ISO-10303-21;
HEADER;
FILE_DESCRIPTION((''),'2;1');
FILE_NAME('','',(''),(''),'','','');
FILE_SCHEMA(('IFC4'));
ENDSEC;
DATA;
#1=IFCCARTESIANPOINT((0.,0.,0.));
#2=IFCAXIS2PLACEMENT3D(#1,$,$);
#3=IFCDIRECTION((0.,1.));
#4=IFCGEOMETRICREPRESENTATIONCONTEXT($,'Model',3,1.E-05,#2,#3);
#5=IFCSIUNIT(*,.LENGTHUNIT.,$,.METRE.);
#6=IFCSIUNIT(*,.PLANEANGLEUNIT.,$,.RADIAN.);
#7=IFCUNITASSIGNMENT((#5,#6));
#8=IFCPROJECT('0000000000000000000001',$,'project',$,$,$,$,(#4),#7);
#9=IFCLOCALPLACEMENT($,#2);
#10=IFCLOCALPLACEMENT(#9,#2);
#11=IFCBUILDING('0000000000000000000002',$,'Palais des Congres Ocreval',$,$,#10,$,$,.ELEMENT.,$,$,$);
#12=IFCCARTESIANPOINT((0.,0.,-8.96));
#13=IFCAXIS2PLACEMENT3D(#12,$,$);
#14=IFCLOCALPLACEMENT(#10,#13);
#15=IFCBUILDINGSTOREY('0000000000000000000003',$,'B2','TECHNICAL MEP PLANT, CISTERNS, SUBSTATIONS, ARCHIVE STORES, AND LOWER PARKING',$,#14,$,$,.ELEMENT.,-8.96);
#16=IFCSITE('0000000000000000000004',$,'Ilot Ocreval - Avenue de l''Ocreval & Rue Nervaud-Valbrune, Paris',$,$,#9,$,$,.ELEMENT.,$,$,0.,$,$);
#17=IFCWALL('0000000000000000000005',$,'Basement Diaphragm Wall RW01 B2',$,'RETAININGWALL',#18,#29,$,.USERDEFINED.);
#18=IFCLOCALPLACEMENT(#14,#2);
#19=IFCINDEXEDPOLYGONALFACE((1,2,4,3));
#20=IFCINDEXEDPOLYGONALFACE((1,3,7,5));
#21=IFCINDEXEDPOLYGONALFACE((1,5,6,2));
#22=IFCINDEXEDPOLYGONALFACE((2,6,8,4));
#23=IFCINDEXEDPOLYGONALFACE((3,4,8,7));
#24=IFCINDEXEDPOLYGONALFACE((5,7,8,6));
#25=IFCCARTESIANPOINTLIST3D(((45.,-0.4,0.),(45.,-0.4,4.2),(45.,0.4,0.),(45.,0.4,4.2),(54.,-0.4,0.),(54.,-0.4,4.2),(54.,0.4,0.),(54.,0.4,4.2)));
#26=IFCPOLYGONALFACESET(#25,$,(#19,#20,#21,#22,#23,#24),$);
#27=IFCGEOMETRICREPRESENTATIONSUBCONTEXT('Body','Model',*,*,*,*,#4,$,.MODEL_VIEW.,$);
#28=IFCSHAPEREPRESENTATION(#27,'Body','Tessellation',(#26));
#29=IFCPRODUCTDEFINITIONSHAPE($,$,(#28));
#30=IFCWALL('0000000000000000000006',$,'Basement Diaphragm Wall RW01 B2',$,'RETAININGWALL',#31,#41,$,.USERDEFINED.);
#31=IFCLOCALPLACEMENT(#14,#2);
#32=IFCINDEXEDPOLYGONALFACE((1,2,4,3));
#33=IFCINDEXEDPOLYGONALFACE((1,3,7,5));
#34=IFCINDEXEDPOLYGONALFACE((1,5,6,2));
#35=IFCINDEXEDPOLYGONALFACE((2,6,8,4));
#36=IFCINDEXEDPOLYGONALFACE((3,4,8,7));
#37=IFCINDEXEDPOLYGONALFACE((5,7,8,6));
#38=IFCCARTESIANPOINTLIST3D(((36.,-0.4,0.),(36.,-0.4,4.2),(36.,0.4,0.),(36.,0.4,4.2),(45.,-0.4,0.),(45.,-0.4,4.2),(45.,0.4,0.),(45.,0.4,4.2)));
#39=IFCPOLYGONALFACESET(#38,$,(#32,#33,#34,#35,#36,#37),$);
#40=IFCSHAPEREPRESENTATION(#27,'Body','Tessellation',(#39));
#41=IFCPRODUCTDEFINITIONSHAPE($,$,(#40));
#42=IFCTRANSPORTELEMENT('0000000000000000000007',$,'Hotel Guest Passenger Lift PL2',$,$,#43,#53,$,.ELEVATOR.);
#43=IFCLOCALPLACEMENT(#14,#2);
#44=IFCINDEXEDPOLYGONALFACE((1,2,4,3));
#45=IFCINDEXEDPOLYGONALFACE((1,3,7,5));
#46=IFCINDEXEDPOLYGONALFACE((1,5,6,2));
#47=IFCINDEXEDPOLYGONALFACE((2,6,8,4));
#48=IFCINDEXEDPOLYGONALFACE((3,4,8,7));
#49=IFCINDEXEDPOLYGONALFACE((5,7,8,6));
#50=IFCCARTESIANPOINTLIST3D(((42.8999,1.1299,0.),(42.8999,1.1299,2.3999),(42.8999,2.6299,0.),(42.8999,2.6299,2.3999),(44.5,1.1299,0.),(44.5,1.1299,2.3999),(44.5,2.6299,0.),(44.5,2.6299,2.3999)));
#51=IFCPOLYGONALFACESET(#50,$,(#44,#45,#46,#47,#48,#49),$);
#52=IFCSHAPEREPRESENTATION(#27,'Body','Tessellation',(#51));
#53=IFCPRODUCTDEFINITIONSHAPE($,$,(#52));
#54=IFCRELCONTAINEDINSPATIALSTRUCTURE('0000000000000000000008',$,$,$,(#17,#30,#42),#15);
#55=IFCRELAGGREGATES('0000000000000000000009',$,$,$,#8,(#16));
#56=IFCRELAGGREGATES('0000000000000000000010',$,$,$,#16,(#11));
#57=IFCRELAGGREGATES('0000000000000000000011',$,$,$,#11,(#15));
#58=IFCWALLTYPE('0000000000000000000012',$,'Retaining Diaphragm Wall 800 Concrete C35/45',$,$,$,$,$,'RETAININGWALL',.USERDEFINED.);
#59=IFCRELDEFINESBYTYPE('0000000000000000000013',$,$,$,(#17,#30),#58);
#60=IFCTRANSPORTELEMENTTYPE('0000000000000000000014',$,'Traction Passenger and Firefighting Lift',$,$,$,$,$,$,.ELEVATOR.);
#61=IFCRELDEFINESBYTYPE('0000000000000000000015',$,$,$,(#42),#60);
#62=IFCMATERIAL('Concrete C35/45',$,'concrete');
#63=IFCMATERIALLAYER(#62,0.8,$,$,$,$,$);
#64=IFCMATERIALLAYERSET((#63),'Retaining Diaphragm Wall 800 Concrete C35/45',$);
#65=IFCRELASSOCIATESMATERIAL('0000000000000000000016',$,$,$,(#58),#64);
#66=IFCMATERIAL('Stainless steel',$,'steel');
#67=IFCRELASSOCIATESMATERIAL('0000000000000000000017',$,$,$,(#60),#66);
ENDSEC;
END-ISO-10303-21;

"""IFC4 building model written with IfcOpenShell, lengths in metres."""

from ifc_helpers import new_model, si_unit, direction, frame, frame_2d, origin, origin_2d, place, context, subcontext, project, spatial, rectangle, extrude, material, layer, layer_set, type_object, element, save


model = new_model("IFC4")

# Units and contexts
model_context = context("Model", 3, precision=1e-05, world=origin(), true_north=direction((0.0, 1.0)))
body_context = subcontext(model_context, "Body", "Model", "MODEL_VIEW")
ifc_project = project(units=[si_unit("LENGTHUNIT", "METRE"), si_unit("PLANEANGLEUNIT", "RADIAN")], contexts=[model_context])

# Site, building, storey
site_placement = place(None, origin())
site = spatial("IfcSite", under=ifc_project, at=site_placement, Name="Ilot Ocreval - Avenue de l'Ocreval & Rue Nervaud-Valbrune, Paris", CompositionType="ELEMENT", RefElevation=0.0)
building_placement = place(site_placement, origin())
building = spatial("IfcBuilding", under=site, at=building_placement, Name="Palais des Congres Ocreval", CompositionType="ELEMENT")
storey_placement = place(building_placement, frame((0.0, 0.0, -8.96)))
storey = spatial("IfcBuildingStorey", under=building, at=storey_placement, Name="B2", Description="TECHNICAL MEP PLANT, CISTERNS, SUBSTATIONS, ARCHIVE STORES, AND LOWER PARKING", CompositionType="ELEMENT", Elevation=-8.96)

# Shared definitions
ifc_material_1 = material(Name="Concrete C35/45", Category="concrete")

# Walls
ifc_layer_1 = layer(ifc_material_1, 0.8)
ifc_layer_set_1 = layer_set([ifc_layer_1], Name="Retaining Diaphragm Wall 800 Concrete C35/45")
wall_type_1 = type_object("IfcWallType", Name="Retaining Diaphragm Wall 800 Concrete C35/45", ElementType="RETAININGWALL", PredefinedType="USERDEFINED", material=ifc_layer_set_1)
for number, where, z_axis, x_axis, name in (
    (1, (54.0, 0.0, 0.0), (0.0, 0.0, 1.0), (-1.0, 0.0, 0.0), "Basement Diaphragm Wall RW01 B2"),
    (2, (45.0, 0.0, 0.0), (0.0, 0.0, 1.0), (-1.0, 0.0, 0.0), "Basement Diaphragm Wall RW01 B2"),
):
    element("IfcWall", number, at=place(storey_placement, frame(where, z_axis=z_axis, x_axis=x_axis)), inside=storey, type_object=wall_type_1, Name=name, ObjectType="RETAININGWALL", PredefinedType="USERDEFINED", context=body_context, shape_type="SweptSolid", body=[
        extrude(rectangle(XDim=9.0, YDim=0.8, at=frame_2d((4.5, 0.0))), origin(), (0.0, 0.0, 1.0), 4.2),
    ])

# Transport element
ifc_material_2 = material(Name="Stainless steel", Category="steel")
transport_element_type = type_object("IfcTransportElementType", Name="Traction Passenger and Firefighting Lift", PredefinedType="ELEVATOR", material=ifc_material_2)
transport_element_placement = place(storey_placement, frame((43.7, 1.8799, 0.0), z_axis=(0.0, 0.0, 1.0), x_axis=(1.0, 0.0, 0.0)))
element("IfcTransportElement", 3, at=transport_element_placement, inside=storey, type_object=transport_element_type, Name="Hotel Guest Passenger Lift PL2", PredefinedType="ELEVATOR", context=body_context, shape_type="SweptSolid", body=[
    extrude(rectangle(XDim=1.6001, YDim=1.5, at=origin_2d()), origin(), (0.0, 0.0, 1.0), 2.3999),
])

save(model, "model.ifc")
